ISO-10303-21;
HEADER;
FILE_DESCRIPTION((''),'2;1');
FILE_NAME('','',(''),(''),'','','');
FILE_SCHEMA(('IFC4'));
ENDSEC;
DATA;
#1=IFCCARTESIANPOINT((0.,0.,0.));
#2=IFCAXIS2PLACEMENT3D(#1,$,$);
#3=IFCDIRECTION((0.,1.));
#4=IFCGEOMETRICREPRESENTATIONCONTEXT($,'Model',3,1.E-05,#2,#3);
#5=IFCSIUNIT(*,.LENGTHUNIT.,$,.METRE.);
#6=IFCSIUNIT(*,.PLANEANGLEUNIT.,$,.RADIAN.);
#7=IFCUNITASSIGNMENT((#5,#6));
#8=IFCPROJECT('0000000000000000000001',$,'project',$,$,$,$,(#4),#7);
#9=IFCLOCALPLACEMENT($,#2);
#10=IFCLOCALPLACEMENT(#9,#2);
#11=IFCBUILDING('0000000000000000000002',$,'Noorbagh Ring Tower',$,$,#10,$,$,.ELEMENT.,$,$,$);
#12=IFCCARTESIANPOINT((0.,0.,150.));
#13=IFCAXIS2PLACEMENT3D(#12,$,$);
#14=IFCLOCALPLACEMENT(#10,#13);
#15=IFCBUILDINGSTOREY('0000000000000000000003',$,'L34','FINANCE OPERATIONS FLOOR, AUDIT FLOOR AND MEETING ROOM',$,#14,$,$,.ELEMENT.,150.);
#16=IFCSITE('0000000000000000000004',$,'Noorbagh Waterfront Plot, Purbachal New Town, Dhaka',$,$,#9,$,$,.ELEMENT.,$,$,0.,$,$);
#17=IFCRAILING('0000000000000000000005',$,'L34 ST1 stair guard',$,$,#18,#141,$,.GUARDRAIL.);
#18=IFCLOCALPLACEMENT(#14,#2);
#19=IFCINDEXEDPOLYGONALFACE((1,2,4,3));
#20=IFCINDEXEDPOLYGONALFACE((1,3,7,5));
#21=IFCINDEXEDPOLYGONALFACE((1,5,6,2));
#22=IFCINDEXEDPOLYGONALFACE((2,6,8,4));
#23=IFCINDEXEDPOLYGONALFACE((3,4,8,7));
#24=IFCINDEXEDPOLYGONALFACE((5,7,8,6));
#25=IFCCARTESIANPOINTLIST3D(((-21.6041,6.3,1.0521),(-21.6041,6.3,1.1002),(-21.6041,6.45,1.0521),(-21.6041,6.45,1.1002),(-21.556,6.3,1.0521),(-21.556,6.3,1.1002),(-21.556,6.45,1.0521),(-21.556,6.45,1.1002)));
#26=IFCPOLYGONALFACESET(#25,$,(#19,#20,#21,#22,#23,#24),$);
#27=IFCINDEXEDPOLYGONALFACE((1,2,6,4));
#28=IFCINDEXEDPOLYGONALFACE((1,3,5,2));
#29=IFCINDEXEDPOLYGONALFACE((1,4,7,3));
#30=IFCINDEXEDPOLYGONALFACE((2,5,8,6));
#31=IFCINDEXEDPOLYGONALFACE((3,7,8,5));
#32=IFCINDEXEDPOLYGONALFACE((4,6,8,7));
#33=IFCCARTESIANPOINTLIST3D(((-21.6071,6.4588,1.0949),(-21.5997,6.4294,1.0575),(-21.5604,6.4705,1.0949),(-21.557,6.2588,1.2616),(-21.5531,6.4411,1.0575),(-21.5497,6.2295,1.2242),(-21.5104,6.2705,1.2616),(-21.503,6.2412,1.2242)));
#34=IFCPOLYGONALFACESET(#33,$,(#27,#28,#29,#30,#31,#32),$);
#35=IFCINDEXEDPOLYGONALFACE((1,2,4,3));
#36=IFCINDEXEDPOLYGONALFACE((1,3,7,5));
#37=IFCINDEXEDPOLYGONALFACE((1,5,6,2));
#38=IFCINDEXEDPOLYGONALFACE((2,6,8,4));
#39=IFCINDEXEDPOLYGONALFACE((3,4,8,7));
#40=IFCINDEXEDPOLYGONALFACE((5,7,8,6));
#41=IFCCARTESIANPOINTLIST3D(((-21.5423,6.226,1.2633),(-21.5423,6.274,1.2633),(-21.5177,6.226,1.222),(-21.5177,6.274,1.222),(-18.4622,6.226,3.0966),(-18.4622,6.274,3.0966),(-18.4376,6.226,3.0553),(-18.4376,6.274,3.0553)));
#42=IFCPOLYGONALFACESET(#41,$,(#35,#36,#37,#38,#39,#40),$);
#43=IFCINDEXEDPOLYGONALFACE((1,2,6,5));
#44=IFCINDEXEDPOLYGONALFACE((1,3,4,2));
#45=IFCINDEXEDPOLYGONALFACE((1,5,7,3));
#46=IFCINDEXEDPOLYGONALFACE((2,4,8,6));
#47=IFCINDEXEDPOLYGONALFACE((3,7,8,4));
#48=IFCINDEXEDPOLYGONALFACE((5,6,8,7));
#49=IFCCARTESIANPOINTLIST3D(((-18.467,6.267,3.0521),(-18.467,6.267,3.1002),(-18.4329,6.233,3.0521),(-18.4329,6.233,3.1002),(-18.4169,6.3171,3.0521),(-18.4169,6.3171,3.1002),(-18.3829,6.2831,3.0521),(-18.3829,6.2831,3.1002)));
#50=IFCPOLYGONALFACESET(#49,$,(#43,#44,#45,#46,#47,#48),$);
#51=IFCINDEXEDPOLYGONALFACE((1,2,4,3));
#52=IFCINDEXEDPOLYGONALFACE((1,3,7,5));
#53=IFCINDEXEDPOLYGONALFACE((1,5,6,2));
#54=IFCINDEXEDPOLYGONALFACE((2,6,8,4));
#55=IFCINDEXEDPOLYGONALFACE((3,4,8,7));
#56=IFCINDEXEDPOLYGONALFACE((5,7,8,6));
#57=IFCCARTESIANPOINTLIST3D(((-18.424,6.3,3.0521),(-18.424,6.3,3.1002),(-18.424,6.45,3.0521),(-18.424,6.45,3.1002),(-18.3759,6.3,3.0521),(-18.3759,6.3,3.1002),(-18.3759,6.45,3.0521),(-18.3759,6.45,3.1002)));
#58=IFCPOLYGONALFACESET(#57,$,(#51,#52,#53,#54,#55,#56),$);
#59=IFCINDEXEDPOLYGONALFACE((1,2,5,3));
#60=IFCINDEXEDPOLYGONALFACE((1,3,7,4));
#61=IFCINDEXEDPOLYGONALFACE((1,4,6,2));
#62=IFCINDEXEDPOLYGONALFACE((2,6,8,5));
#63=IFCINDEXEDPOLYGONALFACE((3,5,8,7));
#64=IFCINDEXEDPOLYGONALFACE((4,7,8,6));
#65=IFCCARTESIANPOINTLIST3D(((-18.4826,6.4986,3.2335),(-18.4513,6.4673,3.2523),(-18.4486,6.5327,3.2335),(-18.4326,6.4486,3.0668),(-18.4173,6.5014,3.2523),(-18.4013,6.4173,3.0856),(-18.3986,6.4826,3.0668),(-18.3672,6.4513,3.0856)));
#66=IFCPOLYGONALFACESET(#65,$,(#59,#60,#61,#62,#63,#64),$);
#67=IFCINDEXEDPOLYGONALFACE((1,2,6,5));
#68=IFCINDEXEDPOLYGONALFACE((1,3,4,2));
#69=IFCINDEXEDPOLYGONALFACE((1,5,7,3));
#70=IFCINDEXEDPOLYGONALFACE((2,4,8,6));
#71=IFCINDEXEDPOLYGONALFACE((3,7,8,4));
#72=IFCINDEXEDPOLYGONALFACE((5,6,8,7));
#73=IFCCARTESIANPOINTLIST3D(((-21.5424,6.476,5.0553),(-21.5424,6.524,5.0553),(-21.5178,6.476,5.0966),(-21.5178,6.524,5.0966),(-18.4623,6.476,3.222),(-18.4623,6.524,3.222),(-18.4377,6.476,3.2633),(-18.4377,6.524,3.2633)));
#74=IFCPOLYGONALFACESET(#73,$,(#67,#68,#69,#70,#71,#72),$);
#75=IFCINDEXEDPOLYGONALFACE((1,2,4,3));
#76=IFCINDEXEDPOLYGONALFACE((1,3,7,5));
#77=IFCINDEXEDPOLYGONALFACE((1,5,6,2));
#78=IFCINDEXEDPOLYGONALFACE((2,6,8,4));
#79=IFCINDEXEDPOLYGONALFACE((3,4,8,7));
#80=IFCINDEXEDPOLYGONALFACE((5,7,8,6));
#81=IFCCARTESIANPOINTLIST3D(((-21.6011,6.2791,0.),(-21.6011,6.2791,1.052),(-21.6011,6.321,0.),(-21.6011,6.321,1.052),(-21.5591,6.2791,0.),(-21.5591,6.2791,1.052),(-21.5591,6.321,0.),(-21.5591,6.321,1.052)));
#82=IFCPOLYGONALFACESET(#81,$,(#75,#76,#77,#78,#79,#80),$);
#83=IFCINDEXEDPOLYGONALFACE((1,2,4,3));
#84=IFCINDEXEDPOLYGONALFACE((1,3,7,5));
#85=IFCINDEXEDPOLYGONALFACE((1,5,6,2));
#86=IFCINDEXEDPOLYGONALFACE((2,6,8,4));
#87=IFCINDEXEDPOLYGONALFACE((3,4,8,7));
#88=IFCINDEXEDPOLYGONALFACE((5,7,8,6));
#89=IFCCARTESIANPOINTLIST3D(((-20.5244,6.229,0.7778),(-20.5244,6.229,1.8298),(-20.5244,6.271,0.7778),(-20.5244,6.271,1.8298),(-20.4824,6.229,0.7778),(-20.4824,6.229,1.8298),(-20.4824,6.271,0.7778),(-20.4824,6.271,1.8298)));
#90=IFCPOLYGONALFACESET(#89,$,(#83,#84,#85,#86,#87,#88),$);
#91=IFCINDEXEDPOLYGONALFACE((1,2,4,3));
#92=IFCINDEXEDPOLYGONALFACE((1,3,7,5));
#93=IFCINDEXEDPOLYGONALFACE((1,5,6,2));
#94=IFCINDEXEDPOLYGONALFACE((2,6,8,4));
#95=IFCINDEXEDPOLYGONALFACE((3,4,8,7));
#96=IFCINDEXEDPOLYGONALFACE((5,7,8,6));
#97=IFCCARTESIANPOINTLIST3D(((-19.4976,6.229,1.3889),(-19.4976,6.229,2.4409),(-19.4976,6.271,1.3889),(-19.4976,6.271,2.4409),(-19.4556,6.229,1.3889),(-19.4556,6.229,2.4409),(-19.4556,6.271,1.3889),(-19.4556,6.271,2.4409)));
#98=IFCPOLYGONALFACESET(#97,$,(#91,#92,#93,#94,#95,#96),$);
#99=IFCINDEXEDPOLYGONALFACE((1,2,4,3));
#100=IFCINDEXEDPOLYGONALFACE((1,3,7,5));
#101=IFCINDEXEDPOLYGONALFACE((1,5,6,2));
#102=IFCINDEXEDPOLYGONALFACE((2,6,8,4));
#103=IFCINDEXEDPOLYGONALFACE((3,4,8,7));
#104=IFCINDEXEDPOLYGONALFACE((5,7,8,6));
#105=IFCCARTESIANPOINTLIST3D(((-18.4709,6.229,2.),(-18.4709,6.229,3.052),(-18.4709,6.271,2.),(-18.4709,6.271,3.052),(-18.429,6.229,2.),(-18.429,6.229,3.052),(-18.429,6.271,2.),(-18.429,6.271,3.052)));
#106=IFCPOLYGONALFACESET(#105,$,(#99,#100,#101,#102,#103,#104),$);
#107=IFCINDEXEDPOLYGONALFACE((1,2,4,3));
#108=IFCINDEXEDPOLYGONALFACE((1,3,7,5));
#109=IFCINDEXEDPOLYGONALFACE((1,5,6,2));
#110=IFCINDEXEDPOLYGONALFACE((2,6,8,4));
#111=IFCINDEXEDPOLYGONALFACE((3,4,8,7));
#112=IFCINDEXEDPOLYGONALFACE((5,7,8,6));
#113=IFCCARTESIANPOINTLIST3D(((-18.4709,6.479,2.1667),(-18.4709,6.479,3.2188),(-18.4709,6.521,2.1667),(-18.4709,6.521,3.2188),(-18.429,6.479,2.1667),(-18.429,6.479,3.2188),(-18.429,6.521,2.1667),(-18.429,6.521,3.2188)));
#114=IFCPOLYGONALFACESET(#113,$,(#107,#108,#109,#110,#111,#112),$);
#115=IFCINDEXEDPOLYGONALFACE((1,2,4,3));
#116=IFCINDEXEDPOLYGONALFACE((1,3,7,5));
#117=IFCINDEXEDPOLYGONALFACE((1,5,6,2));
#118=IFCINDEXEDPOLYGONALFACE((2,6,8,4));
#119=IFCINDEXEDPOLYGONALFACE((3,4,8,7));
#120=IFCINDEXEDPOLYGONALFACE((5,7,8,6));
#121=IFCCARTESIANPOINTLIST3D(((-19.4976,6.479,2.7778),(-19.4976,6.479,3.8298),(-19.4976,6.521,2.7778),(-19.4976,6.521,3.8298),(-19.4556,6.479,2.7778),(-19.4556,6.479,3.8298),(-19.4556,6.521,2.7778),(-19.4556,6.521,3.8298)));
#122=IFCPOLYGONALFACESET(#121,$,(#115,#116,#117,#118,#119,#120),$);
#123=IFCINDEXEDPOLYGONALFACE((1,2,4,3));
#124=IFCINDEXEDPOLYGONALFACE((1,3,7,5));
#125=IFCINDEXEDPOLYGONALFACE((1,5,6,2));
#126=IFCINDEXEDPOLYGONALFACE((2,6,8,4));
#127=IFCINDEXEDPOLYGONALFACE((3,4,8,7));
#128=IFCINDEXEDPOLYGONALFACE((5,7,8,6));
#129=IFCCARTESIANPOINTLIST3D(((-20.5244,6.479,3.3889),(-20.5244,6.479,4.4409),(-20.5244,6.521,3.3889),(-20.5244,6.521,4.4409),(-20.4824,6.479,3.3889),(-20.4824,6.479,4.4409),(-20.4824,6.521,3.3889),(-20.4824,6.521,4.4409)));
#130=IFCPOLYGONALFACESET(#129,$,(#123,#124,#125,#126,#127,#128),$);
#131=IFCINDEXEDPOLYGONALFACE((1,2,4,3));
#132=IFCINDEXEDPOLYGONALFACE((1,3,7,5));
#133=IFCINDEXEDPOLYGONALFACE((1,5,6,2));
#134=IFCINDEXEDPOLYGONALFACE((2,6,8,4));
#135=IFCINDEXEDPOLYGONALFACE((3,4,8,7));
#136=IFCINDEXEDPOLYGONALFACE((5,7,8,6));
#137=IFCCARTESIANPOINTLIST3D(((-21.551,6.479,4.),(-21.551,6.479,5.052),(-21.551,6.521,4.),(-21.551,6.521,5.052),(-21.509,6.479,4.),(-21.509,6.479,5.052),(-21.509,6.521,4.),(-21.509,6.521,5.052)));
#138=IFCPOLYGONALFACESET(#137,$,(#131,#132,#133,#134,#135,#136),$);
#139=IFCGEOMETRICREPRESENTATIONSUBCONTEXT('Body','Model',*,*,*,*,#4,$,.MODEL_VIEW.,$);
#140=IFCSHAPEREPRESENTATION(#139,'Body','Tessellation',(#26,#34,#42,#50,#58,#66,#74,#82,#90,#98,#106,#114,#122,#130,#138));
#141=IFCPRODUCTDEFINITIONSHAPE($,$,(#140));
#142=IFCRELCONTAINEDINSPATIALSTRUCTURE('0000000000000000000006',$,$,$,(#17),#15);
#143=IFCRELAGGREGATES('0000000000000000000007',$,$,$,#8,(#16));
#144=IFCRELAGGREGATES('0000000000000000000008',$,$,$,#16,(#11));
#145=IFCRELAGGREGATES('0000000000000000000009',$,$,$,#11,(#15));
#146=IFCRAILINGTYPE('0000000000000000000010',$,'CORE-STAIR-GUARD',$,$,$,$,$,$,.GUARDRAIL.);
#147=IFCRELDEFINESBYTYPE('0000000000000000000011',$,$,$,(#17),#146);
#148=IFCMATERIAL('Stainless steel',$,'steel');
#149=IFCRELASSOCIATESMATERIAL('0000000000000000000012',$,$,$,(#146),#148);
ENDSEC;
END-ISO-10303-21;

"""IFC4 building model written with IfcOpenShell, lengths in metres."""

from ifc_helpers import new_model, si_unit, direction, frame, origin, origin_2d, place, context, subcontext, project, spatial, rectangle, extrude, material, type_object, element, save


model = new_model("IFC4")

# Units and contexts
model_context = context("Model", 3, precision=1e-05, world=origin(), true_north=direction((0.0, 1.0)))
body_context = subcontext(model_context, "Body", "Model", "MODEL_VIEW")
ifc_project = project(units=[si_unit("LENGTHUNIT", "METRE"), si_unit("PLANEANGLEUNIT", "RADIAN")], contexts=[model_context])

# Site, building, storey
site_placement = place(None, origin())
site = spatial("IfcSite", under=ifc_project, at=site_placement, Name="Noorbagh Waterfront Plot, Purbachal New Town, Dhaka", CompositionType="ELEMENT", RefElevation=0.0)
building_placement = place(site_placement, origin())
building = spatial("IfcBuilding", under=site, at=building_placement, Name="Noorbagh Ring Tower", CompositionType="ELEMENT")
storey_placement = place(building_placement, frame((0.0, 0.0, 150.0)))
storey = spatial("IfcBuildingStorey", under=building, at=storey_placement, Name="L34", Description="FINANCE OPERATIONS FLOOR, AUDIT FLOOR AND MEETING ROOM", CompositionType="ELEMENT", Elevation=150.0)

# Railing
ifc_material_1 = material(Name="Stainless steel", Category="steel")
railing_type_1 = type_object("IfcRailingType", Name="CORE-STAIR-GUARD", PredefinedType="GUARDRAIL", material=ifc_material_1)
railing_1_placement = place(storey_placement, frame((-21.5801, 6.3, 0.0)))
element("IfcRailing", 1, at=railing_1_placement, inside=storey, type_object=railing_type_1, Name="L34 ST1 stair guard", PredefinedType="GUARDRAIL", context=body_context, shape_type="SweptSolid", body=[
    extrude(rectangle(XDim=0.0481, YDim=0.0481, at=origin_2d()), frame((0.0, 0.0, 1.0762), z_axis=(0.0, 1.0, 0.0), x_axis=(-1.0, 0.0, 0.0)), (0.0, 0.0, 1.0), 0.1499),
    extrude(rectangle(XDim=0.0481, YDim=0.0481, at=origin_2d()), frame((0.0, 0.1499, 1.0762), z_axis=(0.188776, -0.754182, 0.628946), x_axis=(0.970073, 0.242814, 0.0)), (0.0, 0.0, 1.0), 0.2651),
    extrude(rectangle(XDim=0.0481, YDim=0.0481, at=origin_2d()), frame((0.05, -0.05, 1.2427), z_axis=(0.859309, 0.0, 0.511458), x_axis=(0.0, 1.0, 0.0)), (0.0, 0.0, 1.0), 3.5845),
    extrude(rectangle(XDim=0.0481, YDim=0.0481, at=origin_2d()), frame((3.1301, -0.05, 3.0762), z_axis=(0.707107, 0.707107, 0.0), x_axis=(-0.707107, 0.707107, 0.0)), (0.0, 0.0, 1.0), 0.0708),
    extrude(rectangle(XDim=0.0481, YDim=0.0481, at=origin_2d()), frame((3.1802, 0.0, 3.0762), z_axis=(0.0, 1.0, 0.0), x_axis=(-1.0, 0.0, 0.0)), (0.0, 0.0, 1.0), 0.1499),
    extrude(rectangle(XDim=0.0481, YDim=0.0481, at=origin_2d()), frame((3.1802, 0.1499, 3.0762), z_axis=(-0.276287, 0.276287, 0.920506), x_axis=(-0.707107, -0.707107, 0.0)), (0.0, 0.0, 1.0), 0.1812),
    extrude(rectangle(XDim=0.0481, YDim=0.0481, at=origin_2d()), frame((3.1301, 0.2, 3.2427), z_axis=(-0.859309, 0.0, 0.511458), x_axis=(0.0, -1.0, 0.0)), (0.0, 0.0, 1.0), 3.5845),
    extrude(rectangle(XDim=0.042, YDim=0.042, at=origin_2d()), origin(), (0.0, 0.0, 1.0), 1.052),
    extrude(rectangle(XDim=0.042, YDim=0.042, at=origin_2d()), frame((1.0767, -0.05, 0.7778)), (0.0, 0.0, 1.0), 1.052),
    extrude(rectangle(XDim=0.042, YDim=0.042, at=origin_2d()), frame((2.1035, -0.05, 1.3889)), (0.0, 0.0, 1.0), 1.052),
    extrude(rectangle(XDim=0.042, YDim=0.042, at=origin_2d()), frame((3.1301, -0.05, 2.0)), (0.0, 0.0, 1.0), 1.052),
    extrude(rectangle(XDim=0.042, YDim=0.042, at=origin_2d()), frame((3.1301, 0.2, 2.1667)), (0.0, 0.0, 1.0), 1.052),
    extrude(rectangle(XDim=0.042, YDim=0.042, at=origin_2d()), frame((2.1035, 0.2, 2.7778)), (0.0, 0.0, 1.0), 1.052),
    extrude(rectangle(XDim=0.042, YDim=0.042, at=origin_2d()), frame((1.0767, 0.2, 3.3889)), (0.0, 0.0, 1.0), 1.052),
    extrude(rectangle(XDim=0.042, YDim=0.042, at=origin_2d()), frame((0.05, 0.2, 4.0)), (0.0, 0.0, 1.0), 1.052),
])

save(model, "model.ifc")
